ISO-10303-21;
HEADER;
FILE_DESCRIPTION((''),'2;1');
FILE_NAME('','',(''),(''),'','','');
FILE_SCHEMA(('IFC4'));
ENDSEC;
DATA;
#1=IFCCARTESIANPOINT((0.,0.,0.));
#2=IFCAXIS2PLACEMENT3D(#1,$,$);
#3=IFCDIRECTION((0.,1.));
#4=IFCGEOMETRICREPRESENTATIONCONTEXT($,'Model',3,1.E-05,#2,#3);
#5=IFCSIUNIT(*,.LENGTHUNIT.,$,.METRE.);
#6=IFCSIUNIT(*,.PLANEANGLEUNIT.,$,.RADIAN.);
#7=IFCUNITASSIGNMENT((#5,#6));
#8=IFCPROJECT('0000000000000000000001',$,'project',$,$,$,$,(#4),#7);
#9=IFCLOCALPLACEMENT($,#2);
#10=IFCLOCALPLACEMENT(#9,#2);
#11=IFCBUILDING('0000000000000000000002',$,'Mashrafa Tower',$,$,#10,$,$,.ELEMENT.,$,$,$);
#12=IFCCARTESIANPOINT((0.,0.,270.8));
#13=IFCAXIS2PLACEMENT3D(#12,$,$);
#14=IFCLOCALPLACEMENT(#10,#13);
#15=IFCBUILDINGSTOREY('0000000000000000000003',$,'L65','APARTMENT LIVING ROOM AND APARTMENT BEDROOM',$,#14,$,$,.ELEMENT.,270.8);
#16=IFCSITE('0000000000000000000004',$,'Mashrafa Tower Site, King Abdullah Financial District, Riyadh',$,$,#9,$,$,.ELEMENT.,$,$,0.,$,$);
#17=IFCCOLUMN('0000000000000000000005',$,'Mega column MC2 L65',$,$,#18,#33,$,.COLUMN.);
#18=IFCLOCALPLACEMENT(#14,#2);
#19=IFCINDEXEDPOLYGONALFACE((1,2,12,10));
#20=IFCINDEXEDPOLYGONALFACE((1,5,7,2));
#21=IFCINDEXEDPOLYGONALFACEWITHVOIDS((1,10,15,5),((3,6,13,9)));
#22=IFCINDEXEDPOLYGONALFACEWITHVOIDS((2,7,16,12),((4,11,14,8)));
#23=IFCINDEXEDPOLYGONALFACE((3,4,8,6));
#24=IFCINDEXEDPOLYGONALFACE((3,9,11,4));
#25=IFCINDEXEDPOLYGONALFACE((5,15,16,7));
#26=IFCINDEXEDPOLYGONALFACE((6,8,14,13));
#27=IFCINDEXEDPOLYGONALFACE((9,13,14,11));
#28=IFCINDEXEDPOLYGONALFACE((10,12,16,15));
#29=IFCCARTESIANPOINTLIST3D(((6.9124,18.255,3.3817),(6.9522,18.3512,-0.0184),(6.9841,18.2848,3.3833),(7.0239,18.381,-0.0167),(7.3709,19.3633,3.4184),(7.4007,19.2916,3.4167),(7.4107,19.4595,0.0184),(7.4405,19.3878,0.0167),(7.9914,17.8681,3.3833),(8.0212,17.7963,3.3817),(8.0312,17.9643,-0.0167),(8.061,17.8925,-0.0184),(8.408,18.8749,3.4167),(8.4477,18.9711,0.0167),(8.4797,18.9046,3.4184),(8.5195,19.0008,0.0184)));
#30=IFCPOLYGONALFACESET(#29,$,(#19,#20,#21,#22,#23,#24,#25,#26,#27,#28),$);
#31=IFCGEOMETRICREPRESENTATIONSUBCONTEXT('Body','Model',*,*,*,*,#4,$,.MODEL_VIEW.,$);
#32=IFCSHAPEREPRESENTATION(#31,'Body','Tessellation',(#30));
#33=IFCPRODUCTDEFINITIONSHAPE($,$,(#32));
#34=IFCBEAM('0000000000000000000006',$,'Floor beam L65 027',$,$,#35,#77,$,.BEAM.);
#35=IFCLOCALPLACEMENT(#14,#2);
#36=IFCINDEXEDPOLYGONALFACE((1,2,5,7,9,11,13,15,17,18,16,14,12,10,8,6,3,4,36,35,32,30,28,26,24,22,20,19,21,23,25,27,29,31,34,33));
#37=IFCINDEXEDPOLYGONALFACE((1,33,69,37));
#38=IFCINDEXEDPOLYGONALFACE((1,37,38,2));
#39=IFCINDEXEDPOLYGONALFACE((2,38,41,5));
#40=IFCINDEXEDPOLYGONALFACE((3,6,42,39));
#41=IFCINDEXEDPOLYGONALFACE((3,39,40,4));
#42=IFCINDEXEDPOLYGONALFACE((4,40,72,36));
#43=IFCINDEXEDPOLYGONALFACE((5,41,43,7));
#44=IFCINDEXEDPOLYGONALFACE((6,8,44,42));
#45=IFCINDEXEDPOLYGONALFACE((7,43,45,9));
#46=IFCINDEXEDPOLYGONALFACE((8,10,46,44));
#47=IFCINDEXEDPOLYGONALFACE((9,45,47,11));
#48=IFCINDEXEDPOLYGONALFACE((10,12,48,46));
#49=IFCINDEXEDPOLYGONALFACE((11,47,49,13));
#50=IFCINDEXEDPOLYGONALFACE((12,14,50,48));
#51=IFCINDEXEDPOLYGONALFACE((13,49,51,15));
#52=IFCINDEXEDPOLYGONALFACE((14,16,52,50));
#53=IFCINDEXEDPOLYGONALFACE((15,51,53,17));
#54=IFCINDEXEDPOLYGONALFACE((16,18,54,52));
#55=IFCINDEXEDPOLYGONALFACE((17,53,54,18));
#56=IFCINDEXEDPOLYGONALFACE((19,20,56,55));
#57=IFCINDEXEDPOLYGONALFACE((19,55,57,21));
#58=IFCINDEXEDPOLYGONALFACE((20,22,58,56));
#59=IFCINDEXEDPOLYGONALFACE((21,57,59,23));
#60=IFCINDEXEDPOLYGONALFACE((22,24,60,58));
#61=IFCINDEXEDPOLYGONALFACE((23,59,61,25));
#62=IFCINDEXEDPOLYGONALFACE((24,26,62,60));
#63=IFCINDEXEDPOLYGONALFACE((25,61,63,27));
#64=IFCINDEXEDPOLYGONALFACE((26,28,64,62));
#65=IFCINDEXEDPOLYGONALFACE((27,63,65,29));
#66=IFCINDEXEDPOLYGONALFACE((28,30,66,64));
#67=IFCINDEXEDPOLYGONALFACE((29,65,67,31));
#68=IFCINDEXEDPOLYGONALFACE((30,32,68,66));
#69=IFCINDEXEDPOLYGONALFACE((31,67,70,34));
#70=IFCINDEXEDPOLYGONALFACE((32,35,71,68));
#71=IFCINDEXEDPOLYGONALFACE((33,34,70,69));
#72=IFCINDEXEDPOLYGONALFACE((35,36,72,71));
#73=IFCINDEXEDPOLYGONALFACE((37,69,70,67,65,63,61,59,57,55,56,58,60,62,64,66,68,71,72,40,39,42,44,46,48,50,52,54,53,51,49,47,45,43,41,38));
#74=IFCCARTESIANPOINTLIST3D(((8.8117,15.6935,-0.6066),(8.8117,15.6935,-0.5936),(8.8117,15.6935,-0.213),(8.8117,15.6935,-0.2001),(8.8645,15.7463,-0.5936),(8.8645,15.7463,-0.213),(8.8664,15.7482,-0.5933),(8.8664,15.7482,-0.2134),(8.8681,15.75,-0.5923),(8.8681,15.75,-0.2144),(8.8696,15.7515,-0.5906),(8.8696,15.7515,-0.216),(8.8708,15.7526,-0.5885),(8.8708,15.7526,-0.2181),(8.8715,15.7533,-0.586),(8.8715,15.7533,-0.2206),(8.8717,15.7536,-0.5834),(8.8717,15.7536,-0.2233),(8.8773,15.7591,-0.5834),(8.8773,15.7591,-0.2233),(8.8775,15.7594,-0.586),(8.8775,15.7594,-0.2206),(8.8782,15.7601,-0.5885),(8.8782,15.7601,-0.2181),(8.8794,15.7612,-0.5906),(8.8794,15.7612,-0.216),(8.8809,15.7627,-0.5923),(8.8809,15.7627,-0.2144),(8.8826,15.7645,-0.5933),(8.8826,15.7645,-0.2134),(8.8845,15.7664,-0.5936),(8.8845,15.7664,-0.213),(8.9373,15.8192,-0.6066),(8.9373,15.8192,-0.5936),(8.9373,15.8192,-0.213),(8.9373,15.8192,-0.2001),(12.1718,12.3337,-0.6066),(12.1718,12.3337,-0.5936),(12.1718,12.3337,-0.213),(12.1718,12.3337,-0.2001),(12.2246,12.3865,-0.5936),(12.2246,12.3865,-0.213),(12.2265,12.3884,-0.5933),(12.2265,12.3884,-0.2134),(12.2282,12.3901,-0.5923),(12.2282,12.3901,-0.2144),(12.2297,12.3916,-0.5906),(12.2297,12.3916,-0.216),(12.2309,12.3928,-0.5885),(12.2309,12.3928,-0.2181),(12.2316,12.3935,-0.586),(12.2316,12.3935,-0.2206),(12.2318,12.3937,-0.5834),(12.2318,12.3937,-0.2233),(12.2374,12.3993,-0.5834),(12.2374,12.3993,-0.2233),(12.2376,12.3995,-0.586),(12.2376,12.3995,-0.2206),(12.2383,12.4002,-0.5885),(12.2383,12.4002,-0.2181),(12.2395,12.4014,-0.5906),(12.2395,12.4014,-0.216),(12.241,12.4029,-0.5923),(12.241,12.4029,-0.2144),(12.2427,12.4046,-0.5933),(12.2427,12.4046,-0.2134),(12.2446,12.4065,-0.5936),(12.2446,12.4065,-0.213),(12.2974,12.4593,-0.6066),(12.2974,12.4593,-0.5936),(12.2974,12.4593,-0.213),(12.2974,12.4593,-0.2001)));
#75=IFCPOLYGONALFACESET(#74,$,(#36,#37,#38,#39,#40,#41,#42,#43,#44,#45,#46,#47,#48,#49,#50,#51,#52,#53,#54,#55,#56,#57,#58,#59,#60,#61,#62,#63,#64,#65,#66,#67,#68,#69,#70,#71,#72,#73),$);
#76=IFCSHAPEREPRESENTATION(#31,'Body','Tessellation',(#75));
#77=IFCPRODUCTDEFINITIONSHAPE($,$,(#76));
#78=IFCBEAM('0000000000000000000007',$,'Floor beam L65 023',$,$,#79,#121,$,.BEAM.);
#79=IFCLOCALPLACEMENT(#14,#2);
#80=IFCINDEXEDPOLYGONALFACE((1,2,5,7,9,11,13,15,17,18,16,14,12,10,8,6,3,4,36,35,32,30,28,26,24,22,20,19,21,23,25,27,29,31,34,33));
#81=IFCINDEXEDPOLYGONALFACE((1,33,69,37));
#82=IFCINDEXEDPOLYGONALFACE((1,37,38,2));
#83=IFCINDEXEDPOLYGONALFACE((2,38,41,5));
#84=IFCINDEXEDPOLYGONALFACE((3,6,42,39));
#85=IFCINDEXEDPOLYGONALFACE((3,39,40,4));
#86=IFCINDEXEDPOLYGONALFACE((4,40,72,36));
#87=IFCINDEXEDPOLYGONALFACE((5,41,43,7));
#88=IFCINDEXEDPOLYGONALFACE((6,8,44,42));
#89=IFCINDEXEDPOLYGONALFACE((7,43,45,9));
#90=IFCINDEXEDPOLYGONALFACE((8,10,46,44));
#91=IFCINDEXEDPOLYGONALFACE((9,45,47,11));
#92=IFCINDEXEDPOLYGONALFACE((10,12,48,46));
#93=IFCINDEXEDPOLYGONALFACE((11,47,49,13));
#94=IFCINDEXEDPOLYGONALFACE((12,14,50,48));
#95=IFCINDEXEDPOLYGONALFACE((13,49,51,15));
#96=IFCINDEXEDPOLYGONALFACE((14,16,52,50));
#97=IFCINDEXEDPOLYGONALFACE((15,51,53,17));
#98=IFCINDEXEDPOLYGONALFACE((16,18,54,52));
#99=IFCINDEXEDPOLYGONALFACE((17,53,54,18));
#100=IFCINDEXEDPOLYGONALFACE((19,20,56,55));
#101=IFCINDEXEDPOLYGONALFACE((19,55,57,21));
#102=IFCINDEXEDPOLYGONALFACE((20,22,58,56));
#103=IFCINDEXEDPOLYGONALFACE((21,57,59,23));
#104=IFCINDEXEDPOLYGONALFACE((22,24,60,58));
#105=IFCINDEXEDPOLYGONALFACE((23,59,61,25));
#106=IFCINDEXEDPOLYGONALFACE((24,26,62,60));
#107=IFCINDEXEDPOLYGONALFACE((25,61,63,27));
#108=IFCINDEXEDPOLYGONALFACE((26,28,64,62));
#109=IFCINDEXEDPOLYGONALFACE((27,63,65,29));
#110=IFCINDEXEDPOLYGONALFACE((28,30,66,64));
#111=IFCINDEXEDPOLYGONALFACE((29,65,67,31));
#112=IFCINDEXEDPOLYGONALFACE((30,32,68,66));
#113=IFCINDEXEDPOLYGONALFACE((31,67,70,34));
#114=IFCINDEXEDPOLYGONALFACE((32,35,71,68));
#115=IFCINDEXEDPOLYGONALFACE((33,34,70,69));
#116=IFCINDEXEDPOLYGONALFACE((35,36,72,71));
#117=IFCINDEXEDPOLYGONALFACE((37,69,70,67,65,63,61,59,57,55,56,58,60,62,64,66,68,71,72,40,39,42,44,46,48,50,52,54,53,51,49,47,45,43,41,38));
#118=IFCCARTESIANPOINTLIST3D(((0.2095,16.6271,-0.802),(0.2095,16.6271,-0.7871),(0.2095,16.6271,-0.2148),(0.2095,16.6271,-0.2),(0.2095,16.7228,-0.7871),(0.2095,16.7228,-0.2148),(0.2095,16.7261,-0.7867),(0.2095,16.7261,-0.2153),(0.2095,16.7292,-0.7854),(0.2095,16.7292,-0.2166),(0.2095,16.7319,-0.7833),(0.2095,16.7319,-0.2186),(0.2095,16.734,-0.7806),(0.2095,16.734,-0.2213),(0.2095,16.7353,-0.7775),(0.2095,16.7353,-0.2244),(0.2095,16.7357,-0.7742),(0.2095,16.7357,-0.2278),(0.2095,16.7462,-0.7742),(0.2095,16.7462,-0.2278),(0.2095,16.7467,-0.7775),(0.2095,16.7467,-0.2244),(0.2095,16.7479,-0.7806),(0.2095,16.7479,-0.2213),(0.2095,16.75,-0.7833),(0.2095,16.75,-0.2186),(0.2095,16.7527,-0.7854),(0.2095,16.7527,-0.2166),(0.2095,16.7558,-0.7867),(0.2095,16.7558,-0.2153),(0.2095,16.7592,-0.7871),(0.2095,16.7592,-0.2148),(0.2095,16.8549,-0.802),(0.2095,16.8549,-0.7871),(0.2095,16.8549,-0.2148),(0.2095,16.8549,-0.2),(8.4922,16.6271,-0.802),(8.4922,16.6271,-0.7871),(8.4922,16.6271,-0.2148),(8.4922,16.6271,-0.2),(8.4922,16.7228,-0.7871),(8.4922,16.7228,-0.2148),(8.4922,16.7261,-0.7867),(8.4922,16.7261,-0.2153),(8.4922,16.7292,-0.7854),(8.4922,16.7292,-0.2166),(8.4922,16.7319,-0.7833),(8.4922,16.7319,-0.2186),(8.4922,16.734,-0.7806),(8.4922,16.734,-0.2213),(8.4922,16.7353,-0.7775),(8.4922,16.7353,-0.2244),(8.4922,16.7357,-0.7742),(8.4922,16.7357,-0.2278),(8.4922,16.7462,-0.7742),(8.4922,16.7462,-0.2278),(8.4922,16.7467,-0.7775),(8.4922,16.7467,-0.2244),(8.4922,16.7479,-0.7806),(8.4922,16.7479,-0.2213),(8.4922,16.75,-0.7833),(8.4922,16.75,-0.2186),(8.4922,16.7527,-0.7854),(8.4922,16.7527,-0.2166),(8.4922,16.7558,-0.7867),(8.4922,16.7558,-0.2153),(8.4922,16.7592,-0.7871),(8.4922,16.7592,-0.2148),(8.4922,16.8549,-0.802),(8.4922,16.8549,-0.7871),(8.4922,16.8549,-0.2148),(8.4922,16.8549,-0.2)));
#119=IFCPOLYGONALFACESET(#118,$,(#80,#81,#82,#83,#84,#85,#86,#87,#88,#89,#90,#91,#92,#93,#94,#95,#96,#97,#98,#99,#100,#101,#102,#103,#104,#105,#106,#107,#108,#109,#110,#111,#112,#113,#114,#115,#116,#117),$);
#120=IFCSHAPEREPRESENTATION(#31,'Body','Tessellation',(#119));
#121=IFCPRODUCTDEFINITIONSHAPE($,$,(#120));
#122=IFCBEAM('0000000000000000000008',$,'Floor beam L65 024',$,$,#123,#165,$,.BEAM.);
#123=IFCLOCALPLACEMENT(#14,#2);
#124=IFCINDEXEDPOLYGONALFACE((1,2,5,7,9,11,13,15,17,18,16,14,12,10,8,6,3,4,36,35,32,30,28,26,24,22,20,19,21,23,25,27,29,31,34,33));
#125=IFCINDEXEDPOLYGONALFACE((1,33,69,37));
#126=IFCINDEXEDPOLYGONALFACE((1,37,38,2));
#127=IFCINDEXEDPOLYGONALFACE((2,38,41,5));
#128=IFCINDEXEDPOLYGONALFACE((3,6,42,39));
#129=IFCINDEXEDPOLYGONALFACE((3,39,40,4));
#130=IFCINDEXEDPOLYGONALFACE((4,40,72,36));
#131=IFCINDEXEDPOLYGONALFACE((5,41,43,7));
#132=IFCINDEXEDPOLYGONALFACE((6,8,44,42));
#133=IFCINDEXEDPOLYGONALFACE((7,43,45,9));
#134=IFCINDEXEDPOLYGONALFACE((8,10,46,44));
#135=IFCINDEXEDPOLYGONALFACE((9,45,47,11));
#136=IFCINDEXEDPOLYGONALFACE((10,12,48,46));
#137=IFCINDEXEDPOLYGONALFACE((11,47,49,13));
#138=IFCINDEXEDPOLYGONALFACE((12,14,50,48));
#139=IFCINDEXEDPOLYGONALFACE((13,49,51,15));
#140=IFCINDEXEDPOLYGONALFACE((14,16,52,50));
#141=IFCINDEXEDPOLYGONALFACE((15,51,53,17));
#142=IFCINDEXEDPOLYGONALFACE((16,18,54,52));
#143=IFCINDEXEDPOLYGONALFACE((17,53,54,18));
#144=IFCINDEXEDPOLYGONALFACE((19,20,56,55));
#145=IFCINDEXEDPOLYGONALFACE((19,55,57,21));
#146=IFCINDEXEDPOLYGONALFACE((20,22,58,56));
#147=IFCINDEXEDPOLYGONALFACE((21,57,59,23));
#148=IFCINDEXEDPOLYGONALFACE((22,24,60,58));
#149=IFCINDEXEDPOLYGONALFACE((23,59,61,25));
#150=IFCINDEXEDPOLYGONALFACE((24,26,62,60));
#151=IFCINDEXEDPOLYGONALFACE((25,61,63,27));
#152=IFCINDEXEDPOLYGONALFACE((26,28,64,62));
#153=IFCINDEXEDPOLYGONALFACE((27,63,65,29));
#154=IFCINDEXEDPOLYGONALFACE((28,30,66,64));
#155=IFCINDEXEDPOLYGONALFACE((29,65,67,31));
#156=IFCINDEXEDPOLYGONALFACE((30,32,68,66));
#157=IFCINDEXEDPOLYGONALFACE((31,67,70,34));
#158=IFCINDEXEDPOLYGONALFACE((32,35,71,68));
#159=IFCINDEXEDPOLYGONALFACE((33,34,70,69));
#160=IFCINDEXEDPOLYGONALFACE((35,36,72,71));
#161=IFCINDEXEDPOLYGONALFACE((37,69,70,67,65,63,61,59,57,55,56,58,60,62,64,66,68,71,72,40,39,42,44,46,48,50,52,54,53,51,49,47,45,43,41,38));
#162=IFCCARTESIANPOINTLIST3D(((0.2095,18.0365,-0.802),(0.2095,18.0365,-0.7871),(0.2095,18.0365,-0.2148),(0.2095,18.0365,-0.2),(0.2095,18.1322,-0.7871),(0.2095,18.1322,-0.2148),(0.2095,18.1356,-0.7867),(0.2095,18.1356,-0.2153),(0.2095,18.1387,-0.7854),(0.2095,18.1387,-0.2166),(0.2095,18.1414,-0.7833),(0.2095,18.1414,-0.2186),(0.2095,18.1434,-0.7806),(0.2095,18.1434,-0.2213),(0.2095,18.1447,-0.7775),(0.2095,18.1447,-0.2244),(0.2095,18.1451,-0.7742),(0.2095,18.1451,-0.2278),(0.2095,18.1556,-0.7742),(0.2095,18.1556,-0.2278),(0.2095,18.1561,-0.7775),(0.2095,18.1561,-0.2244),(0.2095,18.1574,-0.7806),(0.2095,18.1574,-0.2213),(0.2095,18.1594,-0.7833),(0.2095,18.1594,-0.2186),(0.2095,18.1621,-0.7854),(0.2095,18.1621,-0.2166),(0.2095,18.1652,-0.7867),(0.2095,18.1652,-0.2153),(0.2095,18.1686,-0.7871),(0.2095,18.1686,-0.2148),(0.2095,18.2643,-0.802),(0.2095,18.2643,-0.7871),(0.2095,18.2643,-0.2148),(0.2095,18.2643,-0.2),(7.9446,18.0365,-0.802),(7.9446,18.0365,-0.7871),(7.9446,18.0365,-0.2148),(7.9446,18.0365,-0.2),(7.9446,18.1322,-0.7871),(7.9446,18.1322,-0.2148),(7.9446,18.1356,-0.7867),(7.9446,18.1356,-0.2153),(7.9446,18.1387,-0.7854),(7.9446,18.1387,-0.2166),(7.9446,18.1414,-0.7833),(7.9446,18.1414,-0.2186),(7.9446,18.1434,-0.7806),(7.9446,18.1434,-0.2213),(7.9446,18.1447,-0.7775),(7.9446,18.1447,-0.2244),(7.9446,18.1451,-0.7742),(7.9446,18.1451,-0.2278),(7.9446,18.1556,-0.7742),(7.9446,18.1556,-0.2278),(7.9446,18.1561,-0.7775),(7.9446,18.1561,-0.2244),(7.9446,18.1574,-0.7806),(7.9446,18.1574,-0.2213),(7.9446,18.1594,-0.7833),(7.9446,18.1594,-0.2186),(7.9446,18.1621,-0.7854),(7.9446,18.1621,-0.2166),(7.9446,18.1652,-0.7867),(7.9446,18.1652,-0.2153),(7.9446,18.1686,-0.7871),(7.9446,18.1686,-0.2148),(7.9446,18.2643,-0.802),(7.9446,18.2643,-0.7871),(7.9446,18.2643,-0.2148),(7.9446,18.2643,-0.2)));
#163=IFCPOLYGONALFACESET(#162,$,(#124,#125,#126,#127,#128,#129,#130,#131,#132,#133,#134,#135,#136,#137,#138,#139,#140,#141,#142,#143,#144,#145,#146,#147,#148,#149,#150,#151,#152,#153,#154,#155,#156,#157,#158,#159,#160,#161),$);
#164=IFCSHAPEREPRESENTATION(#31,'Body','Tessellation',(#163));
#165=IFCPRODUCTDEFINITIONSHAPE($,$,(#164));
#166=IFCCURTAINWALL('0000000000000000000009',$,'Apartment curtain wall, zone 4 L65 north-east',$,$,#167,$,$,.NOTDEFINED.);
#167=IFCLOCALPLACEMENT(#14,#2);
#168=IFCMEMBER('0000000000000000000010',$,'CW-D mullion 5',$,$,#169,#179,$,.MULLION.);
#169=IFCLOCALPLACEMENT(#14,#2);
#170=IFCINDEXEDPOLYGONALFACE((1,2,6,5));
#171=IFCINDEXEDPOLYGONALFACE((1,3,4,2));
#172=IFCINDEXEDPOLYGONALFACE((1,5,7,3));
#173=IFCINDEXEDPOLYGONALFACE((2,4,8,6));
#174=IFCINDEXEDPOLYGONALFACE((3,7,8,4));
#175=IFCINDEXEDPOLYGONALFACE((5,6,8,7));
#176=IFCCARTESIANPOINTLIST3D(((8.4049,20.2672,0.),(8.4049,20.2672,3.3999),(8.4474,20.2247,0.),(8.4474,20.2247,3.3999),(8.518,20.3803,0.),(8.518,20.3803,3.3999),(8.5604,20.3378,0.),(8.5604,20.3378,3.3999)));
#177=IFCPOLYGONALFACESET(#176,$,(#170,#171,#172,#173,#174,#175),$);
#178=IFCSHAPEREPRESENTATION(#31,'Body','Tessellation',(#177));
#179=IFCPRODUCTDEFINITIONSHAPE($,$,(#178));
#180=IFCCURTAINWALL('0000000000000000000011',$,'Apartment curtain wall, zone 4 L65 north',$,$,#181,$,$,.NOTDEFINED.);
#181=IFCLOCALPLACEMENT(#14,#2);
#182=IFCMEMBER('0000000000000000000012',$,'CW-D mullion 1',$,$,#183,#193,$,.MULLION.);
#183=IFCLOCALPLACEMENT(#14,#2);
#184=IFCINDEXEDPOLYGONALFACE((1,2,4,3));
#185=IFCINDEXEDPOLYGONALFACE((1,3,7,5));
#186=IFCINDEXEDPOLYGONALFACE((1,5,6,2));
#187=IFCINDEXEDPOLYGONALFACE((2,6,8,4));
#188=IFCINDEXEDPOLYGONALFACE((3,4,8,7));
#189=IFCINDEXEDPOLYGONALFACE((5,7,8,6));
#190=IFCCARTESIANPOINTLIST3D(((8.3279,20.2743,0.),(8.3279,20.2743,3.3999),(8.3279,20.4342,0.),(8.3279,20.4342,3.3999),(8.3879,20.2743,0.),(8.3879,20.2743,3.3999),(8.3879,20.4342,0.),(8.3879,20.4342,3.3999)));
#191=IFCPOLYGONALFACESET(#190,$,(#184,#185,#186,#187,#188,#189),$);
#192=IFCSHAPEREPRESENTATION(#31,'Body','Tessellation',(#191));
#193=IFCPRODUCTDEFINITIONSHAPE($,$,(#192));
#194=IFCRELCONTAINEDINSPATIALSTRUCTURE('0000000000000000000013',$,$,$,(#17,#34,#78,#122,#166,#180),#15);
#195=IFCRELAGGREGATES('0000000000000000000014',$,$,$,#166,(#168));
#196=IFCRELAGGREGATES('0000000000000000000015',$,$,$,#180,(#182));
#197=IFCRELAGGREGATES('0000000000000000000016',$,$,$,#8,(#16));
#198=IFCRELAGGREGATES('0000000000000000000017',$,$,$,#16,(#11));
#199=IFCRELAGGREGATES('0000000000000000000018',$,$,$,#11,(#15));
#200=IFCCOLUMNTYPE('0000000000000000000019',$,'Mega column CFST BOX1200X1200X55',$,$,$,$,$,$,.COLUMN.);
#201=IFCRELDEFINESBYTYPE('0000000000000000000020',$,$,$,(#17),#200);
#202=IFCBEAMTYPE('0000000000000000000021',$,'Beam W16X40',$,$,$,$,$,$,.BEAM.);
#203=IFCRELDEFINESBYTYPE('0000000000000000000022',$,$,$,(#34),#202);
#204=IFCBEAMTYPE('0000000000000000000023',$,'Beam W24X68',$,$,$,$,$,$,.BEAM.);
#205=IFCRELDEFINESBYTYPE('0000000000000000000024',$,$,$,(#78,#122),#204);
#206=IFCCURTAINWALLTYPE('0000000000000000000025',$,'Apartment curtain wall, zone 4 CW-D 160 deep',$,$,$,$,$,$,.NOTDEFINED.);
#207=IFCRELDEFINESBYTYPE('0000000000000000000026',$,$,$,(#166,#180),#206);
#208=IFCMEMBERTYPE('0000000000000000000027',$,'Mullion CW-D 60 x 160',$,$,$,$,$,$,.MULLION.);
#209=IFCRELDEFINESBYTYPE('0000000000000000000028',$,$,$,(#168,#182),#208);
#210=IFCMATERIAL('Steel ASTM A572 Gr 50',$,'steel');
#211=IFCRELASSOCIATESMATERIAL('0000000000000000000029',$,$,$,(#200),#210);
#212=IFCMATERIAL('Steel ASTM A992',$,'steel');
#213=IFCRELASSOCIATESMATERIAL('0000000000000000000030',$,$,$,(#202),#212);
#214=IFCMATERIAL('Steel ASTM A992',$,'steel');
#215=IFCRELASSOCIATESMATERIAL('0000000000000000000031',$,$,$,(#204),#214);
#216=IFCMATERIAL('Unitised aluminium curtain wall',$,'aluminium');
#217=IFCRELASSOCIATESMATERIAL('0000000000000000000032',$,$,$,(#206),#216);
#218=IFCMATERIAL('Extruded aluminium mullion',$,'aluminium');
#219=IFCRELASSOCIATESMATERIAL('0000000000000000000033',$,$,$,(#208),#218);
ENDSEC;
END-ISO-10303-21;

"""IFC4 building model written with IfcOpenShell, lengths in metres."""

from ifc_helpers import new_model, si_unit, direction, frame, origin, origin_2d, place, context, subcontext, project, spatial, rectangle, hollow_rectangle, i_section, extrude, source, transform, mapped, material, material_profile, profile_set, type_object, type_shapes, element, aggregate, save


model = new_model("IFC4")

# Units and contexts
model_context = context("Model", 3, precision=1e-05, world=origin(), true_north=direction((0.0, 1.0)))
body_context = subcontext(model_context, "Body", "Model", "MODEL_VIEW")
ifc_project = project(units=[si_unit("LENGTHUNIT", "METRE"), si_unit("PLANEANGLEUNIT", "RADIAN")], contexts=[model_context])

# Site, building, storey
site_placement = place(None, origin())
site = spatial("IfcSite", under=ifc_project, at=site_placement, Name="Mashrafa Tower Site, King Abdullah Financial District, Riyadh", CompositionType="ELEMENT", RefElevation=0.0)
building_placement = place(site_placement, origin())
building = spatial("IfcBuilding", under=site, at=building_placement, Name="Mashrafa Tower", CompositionType="ELEMENT")
storey_placement = place(building_placement, frame((0.0, 0.0, 270.8)))
storey = spatial("IfcBuildingStorey", under=building, at=storey_placement, Name="L65", Description="APARTMENT LIVING ROOM AND APARTMENT BEDROOM", CompositionType="ELEMENT", Elevation=270.8)

# Column
ifc_material_1 = material(Name="Steel ASTM A572 Gr 50", Category="steel")
ifc_material_profile_1 = material_profile(ifc_material_1, hollow_rectangle(XDim=1.2, YDim=1.2, WallThickness=0.0549, at=origin_2d()), Name="BOX1200X1200X55")
ifc_profile_set_1 = profile_set([ifc_material_profile_1], Name="Steel ASTM A572 Gr 50")
column_type = type_object("IfcColumnType", Name="Mega column CFST BOX1200X1200X55", PredefinedType="COLUMN", material=ifc_profile_set_1)
column_placement = place(storey_placement, frame((7.7358, 18.676, 0.0), z_axis=(-0.011699, -0.028279, 0.999532), x_axis=(0.924045, -0.382283, 0.0)))
element("IfcColumn", 1, at=column_placement, inside=storey, type_object=column_type, Name="Mega column MC2 L65", PredefinedType="COLUMN", context=body_context, shape_type="SweptSolid", body=[
    extrude(hollow_rectangle(XDim=1.2, YDim=1.2, WallThickness=0.0549, at=origin_2d()), origin(), (0.0, 0.0, 1.0), 3.4016),
])

# Beams
ifc_material_2 = material(Name="Steel ASTM A992", Category="steel")
ifc_material_profile_2 = material_profile(ifc_material_2, i_section(OverallWidth=0.1777, OverallDepth=0.4065, WebThickness=0.0078, FlangeThickness=0.0129, FilletRadius=0.0103, at=origin_2d()), Name="W16X40")
ifc_profile_set_2 = profile_set([ifc_material_profile_2], Name="Steel ASTM A992")
beam_type_1 = type_object("IfcBeamType", Name="Beam W16X40", PredefinedType="BEAM", material=ifc_profile_set_2)
beam_1_placement = place(storey_placement, frame((8.8745, 15.7563, -0.4033), z_axis=(0.707132, -0.707081, 0.0), x_axis=(0.707081, 0.707132, 0.0)))
element("IfcBeam", 2, at=beam_1_placement, inside=storey, type_object=beam_type_1, Name="Floor beam L65 027", PredefinedType="BEAM", context=body_context, shape_type="SweptSolid", body=[
    extrude(i_section(OverallWidth=0.1777, OverallDepth=0.4065, WebThickness=0.0078, FlangeThickness=0.0129, FilletRadius=0.0103, at=origin_2d()), origin(), (0.0, 0.0, 1.0), 4.7517),
])
ifc_material_3 = material(Name="Steel ASTM A992", Category="steel")
ifc_material_profile_3 = material_profile(ifc_material_3, i_section(OverallWidth=0.2278, OverallDepth=0.6021, WebThickness=0.0105, FlangeThickness=0.0149, FilletRadius=0.0129, at=origin_2d()), Name="W24X68")
ifc_profile_set_3 = profile_set([ifc_material_profile_3], Name="Steel ASTM A992")
beam_type_2 = type_object("IfcBeamType", Name="Beam W24X68", PredefinedType="BEAM", material=ifc_profile_set_3)
beam_2_placement = place(storey_placement, frame((0.2095, 16.741, -0.501), z_axis=(1.0, 0.0, 0.0), x_axis=(0.0, 1.0, 0.0)))
element("IfcBeam", 3, at=beam_2_placement, inside=storey, type_object=beam_type_2, Name="Floor beam L65 023", PredefinedType="BEAM", context=body_context, shape_type="SweptSolid", body=[
    extrude(i_section(OverallWidth=0.2278, OverallDepth=0.6021, WebThickness=0.0105, FlangeThickness=0.0149, FilletRadius=0.0129, at=origin_2d()), origin(), (0.0, 0.0, 1.0), 8.2827),
])
beam_3_placement = place(storey_placement, frame((0.2095, 18.1504, -0.501), z_axis=(1.0, 0.0, 0.0), x_axis=(0.0, 1.0, 0.0)))
element("IfcBeam", 4, at=beam_3_placement, inside=storey, type_object=beam_type_2, Name="Floor beam L65 024", PredefinedType="BEAM", context=body_context, shape_type="SweptSolid", body=[
    extrude(i_section(OverallWidth=0.2278, OverallDepth=0.6021, WebThickness=0.0105, FlangeThickness=0.0149, FilletRadius=0.0129, at=origin_2d()), origin(), (0.0, 0.0, 1.0), 7.7351),
])

# Curtain wall, member
ifc_material_4 = material(Name="Unitised aluminium curtain wall", Category="aluminium")
curtain_wall_type = type_object("IfcCurtainWallType", Name="Apartment curtain wall, zone 4 CW-D 160 deep", PredefinedType="NOTDEFINED", material=ifc_material_4)
curtain_wall_1_placement = place(storey_placement, origin())
curtain_wall_1 = element("IfcCurtainWall", 5, at=curtain_wall_1_placement, inside=storey, type_object=curtain_wall_type, Name="Apartment curtain wall, zone 4 L65 north-east", PredefinedType="NOTDEFINED")
ifc_material_5 = material(Name="Extruded aluminium mullion", Category="aluminium")
ifc_material_profile_4 = material_profile(ifc_material_5, rectangle(XDim=0.1599, YDim=0.0601, at=origin_2d()), Name="Mullion 60x160")
ifc_profile_set_4 = profile_set([ifc_material_profile_4], Name="Extruded aluminium mullion")
member_type_1 = type_object("IfcMemberType", Name="Mullion CW-D 60 x 160", PredefinedType="MULLION", material=ifc_profile_set_4)
shared_shape_1 = source(origin(), body_context, "Body", "SweptSolid", [
    extrude(rectangle(XDim=0.1599, YDim=0.0601, at=origin_2d()), origin(), (0.0, 0.0, 1.0), 3.3999),
])
type_shapes(member_type_1, [shared_shape_1])
member_1_placement = place(storey_placement, frame((8.4827, 20.3025, 0.0), z_axis=(0.0, 0.0, 1.0), x_axis=(-0.707107, -0.707107, 0.0)))
member_1 = element("IfcMember", 6, at=member_1_placement, type_object=member_type_1, Name="CW-D mullion 5", PredefinedType="MULLION", context=body_context, shape_type="MappedRepresentation", body=[
    mapped(shared_shape_1, transform((0.0, 0.0, 0.0))),
])

# Curtain wall, member
curtain_wall_2_placement = place(storey_placement, origin())
curtain_wall_2 = element("IfcCurtainWall", 7, at=curtain_wall_2_placement, inside=storey, type_object=curtain_wall_type, Name="Apartment curtain wall, zone 4 L65 north", PredefinedType="NOTDEFINED")
member_2_placement = place(storey_placement, frame((8.3579, 20.3542, 0.0), z_axis=(0.0, 0.0, 1.0), x_axis=(0.0, -1.0, 0.0)))
member_2 = element("IfcMember", 8, at=member_2_placement, type_object=member_type_1, Name="CW-D mullion 1", PredefinedType="MULLION", context=body_context, shape_type="MappedRepresentation", body=[
    mapped(shared_shape_1, transform((0.0, 0.0, 0.0))),
])

aggregate(curtain_wall_1, [member_1])
aggregate(curtain_wall_2, [member_2])

save(model, "model.ifc")
